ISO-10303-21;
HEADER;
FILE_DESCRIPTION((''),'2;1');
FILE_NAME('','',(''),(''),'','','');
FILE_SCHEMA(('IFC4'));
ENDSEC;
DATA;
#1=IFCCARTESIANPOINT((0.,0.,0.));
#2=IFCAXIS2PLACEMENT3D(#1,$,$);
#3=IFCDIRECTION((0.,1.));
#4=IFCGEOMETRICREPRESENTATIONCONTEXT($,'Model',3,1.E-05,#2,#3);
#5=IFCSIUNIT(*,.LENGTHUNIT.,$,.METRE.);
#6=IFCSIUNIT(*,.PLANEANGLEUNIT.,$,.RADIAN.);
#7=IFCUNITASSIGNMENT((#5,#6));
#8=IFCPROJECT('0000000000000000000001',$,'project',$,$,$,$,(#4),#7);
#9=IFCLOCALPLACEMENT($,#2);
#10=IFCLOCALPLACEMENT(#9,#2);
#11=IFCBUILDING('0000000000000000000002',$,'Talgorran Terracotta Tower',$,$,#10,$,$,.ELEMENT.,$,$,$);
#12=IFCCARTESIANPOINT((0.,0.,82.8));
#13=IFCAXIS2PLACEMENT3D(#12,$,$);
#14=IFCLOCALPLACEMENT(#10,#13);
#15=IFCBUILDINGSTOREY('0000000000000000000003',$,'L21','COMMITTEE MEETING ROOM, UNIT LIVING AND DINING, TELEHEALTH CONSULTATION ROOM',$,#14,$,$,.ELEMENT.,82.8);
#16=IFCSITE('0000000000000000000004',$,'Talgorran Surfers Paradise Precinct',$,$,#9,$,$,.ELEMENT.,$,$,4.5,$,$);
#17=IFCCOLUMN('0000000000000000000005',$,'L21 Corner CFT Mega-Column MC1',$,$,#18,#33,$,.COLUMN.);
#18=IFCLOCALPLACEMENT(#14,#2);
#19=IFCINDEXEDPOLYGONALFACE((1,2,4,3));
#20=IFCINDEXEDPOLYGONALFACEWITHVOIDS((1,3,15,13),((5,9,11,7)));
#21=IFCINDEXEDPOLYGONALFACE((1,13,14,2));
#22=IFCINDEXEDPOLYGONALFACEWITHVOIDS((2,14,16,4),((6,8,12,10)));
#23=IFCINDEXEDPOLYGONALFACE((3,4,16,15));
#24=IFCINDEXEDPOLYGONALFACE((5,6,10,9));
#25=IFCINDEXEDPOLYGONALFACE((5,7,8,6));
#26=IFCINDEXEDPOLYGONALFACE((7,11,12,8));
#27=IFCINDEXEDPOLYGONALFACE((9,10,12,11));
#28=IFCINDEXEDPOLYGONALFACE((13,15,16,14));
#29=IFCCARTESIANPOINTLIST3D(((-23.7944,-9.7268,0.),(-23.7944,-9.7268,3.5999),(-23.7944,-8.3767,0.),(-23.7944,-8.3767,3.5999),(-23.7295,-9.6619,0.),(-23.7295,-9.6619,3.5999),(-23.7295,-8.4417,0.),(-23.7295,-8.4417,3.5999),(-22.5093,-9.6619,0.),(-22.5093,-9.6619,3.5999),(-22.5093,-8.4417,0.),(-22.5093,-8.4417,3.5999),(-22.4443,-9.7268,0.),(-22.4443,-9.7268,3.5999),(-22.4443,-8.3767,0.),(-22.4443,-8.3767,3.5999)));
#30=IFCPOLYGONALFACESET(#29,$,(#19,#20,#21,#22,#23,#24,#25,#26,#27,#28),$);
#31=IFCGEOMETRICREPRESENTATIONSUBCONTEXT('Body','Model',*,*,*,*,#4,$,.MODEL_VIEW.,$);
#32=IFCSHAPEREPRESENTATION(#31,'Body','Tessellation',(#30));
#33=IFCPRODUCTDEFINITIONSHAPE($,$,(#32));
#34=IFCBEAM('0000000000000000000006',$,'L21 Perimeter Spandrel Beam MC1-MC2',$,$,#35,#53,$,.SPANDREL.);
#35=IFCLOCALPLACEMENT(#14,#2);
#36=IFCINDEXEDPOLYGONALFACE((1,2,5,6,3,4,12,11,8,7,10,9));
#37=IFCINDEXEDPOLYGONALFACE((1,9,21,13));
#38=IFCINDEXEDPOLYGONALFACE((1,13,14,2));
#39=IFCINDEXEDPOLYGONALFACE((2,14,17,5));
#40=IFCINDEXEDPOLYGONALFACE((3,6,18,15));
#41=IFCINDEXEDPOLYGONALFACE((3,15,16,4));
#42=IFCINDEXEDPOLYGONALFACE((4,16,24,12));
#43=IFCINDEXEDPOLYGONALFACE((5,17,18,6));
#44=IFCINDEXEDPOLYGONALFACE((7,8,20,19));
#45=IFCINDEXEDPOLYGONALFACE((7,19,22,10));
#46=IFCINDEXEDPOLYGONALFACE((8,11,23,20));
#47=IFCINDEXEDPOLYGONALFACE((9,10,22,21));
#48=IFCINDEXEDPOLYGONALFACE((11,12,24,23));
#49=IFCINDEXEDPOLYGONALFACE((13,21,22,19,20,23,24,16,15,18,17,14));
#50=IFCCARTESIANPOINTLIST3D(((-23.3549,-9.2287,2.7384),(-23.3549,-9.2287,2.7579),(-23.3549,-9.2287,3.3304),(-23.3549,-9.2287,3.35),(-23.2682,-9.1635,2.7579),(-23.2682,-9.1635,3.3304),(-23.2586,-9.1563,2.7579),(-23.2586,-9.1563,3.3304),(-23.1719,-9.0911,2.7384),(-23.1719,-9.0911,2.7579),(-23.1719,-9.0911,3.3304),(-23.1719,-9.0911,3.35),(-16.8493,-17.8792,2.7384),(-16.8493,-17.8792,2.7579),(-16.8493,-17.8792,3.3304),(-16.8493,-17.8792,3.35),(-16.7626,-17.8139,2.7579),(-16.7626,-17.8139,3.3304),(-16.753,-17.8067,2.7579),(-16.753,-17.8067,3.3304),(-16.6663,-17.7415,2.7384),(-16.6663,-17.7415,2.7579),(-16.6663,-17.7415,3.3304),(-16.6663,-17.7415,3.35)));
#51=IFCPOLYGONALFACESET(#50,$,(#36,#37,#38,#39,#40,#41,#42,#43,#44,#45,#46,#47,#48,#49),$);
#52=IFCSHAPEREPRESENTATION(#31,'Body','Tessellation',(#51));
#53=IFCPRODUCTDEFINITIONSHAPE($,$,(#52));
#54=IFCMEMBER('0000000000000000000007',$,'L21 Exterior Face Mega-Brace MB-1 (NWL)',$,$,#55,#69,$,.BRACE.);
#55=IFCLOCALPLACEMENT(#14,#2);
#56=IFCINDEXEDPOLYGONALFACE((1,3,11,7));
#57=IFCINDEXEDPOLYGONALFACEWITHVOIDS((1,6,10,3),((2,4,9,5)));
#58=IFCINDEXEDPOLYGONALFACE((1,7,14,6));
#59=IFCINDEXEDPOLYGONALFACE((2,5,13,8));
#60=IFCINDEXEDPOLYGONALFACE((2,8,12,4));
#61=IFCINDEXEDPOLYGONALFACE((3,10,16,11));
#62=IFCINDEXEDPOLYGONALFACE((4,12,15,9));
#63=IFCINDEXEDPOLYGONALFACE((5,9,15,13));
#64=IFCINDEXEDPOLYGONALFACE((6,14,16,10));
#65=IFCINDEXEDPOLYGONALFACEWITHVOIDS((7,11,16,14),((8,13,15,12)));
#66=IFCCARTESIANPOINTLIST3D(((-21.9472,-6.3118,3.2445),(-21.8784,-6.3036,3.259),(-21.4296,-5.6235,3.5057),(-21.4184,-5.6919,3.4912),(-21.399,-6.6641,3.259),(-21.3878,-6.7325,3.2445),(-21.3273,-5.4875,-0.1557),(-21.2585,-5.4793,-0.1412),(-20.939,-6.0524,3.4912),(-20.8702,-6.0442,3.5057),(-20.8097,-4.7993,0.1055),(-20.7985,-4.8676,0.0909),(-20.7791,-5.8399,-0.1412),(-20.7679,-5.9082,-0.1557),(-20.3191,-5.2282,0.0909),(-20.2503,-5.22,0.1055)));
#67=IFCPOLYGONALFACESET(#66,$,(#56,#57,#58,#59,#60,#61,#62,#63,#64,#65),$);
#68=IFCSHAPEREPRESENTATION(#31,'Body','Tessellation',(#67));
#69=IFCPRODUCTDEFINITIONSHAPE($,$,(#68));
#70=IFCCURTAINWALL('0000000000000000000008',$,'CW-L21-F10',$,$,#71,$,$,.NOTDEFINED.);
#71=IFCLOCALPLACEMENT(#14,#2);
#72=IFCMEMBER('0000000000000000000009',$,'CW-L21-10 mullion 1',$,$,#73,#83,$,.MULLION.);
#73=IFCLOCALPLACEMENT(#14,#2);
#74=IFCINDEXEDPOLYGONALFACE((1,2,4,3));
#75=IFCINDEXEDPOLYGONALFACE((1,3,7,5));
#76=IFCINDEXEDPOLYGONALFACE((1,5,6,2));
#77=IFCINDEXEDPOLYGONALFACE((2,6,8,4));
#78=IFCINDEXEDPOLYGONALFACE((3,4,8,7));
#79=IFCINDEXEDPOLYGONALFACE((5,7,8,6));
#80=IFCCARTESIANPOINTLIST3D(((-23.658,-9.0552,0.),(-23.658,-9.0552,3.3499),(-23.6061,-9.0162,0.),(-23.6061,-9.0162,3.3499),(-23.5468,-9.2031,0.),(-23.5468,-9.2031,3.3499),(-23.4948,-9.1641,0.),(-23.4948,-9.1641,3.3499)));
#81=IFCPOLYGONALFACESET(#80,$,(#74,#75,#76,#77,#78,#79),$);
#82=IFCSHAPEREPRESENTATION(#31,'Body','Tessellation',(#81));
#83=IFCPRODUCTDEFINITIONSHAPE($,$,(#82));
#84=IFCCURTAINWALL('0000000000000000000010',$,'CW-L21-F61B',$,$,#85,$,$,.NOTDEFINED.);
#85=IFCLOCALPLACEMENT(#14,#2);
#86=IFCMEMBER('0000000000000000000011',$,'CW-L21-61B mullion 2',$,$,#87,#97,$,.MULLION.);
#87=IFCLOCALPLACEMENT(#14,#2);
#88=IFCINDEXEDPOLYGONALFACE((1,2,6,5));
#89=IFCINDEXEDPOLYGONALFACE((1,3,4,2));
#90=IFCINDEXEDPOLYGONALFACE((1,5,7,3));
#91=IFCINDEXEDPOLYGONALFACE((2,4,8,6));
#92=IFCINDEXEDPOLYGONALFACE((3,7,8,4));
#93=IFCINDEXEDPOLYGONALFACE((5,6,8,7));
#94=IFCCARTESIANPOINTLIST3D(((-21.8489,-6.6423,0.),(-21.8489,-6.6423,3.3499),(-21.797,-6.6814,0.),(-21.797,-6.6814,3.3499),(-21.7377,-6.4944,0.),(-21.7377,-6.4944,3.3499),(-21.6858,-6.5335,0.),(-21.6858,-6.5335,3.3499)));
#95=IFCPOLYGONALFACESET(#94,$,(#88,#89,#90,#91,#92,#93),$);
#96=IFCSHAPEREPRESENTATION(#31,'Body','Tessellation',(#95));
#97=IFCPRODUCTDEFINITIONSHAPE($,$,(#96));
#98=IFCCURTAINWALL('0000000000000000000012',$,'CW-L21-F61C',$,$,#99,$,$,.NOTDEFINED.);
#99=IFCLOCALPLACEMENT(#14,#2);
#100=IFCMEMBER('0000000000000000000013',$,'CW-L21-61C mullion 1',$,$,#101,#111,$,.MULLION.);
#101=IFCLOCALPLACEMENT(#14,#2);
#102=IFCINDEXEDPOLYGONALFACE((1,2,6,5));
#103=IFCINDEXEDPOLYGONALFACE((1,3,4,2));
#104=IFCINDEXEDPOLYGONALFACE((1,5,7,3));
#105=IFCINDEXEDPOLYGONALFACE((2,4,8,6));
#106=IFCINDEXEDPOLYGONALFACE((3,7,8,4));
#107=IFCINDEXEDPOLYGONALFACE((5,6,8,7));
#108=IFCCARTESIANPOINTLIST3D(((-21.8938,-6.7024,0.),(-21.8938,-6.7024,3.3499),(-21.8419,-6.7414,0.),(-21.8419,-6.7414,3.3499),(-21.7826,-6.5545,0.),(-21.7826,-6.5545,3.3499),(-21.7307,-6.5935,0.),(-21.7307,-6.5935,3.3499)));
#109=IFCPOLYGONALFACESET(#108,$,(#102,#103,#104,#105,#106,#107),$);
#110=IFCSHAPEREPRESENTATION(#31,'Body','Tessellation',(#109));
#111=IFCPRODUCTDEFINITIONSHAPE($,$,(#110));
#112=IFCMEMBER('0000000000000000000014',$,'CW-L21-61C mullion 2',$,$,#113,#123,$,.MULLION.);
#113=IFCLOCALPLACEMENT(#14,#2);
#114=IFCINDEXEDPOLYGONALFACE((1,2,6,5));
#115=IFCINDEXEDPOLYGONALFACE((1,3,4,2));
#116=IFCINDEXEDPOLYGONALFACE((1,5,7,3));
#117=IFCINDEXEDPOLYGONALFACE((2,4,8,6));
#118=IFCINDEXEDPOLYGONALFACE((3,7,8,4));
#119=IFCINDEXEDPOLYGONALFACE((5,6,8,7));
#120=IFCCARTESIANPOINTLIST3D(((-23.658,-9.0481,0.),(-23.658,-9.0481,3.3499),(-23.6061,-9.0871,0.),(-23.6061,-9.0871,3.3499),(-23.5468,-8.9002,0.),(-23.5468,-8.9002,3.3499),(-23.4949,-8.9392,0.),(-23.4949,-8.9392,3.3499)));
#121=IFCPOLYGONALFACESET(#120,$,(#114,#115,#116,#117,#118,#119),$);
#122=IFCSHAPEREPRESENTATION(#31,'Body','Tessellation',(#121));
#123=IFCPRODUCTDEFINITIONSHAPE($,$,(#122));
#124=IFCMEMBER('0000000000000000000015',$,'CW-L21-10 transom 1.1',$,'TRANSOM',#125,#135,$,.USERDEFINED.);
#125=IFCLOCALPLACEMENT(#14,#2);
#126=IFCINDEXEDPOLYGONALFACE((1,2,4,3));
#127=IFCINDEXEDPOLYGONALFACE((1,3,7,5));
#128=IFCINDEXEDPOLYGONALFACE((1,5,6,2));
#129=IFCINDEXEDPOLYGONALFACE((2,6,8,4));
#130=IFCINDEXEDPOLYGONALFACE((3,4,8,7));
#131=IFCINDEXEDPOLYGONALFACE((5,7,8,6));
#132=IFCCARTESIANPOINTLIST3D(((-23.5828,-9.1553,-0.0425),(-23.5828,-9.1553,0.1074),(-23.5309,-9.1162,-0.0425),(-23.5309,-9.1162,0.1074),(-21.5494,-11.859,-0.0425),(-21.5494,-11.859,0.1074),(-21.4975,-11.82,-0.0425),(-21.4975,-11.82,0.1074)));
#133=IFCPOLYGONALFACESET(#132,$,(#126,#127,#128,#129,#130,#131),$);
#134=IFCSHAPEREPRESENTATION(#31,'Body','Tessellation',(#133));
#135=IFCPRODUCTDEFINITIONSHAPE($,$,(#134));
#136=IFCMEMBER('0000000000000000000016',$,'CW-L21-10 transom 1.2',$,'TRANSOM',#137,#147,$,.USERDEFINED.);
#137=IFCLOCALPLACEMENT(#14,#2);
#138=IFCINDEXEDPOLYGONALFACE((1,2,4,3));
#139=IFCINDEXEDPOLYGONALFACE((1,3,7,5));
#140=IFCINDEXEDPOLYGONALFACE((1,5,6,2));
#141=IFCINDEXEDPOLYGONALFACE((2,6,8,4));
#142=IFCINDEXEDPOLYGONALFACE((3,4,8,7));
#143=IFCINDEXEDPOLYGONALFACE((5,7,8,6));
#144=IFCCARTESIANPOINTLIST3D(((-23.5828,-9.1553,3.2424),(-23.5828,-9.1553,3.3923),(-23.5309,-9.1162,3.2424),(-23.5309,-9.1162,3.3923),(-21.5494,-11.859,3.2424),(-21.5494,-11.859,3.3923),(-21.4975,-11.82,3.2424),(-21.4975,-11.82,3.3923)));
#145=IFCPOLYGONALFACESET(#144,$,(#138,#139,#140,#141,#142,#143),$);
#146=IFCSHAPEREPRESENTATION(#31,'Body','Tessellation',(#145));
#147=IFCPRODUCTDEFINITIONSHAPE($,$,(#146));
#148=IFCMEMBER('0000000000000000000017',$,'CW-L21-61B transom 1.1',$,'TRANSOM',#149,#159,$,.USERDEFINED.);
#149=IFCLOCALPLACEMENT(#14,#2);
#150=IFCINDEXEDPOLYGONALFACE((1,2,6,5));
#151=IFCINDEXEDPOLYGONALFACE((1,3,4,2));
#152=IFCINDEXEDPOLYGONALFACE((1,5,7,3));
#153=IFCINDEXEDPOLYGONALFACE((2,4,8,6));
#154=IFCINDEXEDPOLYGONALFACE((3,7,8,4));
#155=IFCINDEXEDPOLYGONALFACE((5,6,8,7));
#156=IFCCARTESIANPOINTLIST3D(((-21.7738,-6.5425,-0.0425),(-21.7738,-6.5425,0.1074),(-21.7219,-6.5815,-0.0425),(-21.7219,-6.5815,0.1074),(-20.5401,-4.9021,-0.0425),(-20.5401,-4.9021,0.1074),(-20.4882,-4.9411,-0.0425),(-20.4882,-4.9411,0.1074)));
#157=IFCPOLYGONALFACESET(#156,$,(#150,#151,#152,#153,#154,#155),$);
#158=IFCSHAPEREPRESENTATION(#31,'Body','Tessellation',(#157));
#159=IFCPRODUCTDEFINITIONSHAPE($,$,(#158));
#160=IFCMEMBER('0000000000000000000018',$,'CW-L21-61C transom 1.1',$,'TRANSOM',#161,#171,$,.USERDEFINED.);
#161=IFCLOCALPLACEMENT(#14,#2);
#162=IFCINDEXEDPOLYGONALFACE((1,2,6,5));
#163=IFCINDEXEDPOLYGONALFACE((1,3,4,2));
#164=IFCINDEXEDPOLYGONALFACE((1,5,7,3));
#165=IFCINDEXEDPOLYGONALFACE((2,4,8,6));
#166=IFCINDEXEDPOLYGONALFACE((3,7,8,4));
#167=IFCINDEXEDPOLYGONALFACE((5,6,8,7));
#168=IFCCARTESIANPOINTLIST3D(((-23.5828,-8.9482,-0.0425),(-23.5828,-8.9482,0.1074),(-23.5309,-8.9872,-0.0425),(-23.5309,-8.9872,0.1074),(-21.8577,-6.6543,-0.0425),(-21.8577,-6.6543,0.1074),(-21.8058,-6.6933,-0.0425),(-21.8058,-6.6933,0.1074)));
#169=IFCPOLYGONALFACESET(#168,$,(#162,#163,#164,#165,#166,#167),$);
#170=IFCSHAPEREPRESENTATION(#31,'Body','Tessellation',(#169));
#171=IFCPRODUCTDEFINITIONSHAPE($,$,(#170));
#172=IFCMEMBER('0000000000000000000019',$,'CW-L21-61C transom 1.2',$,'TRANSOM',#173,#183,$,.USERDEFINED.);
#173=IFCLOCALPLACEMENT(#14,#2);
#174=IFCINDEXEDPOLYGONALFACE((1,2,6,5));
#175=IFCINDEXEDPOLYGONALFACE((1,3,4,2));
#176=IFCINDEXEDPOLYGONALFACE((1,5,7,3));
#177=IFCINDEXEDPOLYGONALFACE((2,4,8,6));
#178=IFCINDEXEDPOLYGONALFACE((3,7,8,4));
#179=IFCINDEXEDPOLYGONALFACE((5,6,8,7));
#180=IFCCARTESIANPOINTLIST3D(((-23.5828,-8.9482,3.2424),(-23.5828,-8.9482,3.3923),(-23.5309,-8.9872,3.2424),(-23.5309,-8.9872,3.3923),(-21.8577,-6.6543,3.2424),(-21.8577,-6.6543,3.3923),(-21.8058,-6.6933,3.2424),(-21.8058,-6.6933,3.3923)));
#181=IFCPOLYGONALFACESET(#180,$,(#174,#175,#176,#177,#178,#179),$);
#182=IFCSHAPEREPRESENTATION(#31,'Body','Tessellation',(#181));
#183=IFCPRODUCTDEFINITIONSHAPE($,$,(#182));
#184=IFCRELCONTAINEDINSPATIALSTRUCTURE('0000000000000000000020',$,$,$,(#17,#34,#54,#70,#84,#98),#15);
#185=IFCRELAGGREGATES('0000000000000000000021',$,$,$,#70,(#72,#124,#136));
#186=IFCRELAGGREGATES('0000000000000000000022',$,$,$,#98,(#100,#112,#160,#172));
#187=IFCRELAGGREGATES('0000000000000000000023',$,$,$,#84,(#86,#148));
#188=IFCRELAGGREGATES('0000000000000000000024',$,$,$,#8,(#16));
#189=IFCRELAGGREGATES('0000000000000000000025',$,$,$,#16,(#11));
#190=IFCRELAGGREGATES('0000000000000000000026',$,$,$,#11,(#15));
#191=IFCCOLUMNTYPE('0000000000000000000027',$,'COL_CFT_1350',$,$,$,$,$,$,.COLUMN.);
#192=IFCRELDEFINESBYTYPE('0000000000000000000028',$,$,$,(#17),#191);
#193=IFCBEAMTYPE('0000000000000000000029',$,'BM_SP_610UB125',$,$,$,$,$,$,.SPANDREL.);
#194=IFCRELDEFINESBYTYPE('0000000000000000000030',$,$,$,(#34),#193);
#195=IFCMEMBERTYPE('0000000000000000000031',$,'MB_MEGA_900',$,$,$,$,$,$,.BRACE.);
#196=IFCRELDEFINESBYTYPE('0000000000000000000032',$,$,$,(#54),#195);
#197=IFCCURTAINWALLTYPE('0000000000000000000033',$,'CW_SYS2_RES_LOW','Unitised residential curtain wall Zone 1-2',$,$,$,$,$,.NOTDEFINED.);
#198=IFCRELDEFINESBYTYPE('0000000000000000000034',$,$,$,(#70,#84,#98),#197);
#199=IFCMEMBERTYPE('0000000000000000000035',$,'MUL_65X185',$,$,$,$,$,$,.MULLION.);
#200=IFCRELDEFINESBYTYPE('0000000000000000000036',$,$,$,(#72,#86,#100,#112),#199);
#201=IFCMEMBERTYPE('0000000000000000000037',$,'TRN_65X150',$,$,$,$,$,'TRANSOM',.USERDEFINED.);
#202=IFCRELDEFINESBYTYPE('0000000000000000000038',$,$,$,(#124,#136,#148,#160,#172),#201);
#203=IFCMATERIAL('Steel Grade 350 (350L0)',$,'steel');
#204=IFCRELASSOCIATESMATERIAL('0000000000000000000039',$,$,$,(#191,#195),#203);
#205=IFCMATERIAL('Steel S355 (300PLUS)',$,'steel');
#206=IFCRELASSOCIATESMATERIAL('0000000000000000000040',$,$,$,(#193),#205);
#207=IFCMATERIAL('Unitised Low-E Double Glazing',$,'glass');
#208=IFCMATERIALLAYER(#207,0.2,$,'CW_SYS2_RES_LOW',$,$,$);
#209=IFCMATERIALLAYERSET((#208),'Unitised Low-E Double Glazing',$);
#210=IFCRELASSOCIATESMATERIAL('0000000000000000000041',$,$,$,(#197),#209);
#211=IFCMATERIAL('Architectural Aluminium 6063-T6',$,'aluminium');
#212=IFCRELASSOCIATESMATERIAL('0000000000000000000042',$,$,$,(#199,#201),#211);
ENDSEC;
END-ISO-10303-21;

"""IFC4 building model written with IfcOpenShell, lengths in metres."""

from ifc_helpers import new_model, si_unit, direction, frame, origin, origin_2d, place, context, subcontext, project, spatial, rectangle, hollow_rectangle, i_section, extrude, material, layer, layer_set, material_profile, profile_set, type_object, element, aggregate, save


model = new_model("IFC4")

# Units and contexts
model_context = context("Model", 3, precision=1e-05, world=origin(), true_north=direction((0.0, 1.0)))
body_context = subcontext(model_context, "Body", "Model", "MODEL_VIEW")
ifc_project = project(units=[si_unit("LENGTHUNIT", "METRE"), si_unit("PLANEANGLEUNIT", "RADIAN")], contexts=[model_context])

# Site, building, storey
site_placement = place(None, origin())
site = spatial("IfcSite", under=ifc_project, at=site_placement, Name="Talgorran Surfers Paradise Precinct", CompositionType="ELEMENT", RefElevation=4.5)
building_placement = place(site_placement, origin())
building = spatial("IfcBuilding", under=site, at=building_placement, Name="Talgorran Terracotta Tower", CompositionType="ELEMENT")
storey_placement = place(building_placement, frame((0.0, 0.0, 82.8)))
storey = spatial("IfcBuildingStorey", under=building, at=storey_placement, Name="L21", Description="COMMITTEE MEETING ROOM, UNIT LIVING AND DINING, TELEHEALTH CONSULTATION ROOM", CompositionType="ELEMENT", Elevation=82.8)

# Column
ifc_material_1 = material(Name="Steel Grade 350 (350L0)", Category="steel")
ifc_material_profile_1 = material_profile(ifc_material_1, hollow_rectangle(XDim=1.3501, YDim=1.3501, WallThickness=0.0649, at=origin_2d()), Name="CFT1350X1350X65")
ifc_profile_set_1 = profile_set([ifc_material_profile_1], Name="Steel Grade 350 (350L0)")
column_type = type_object("IfcColumnType", Name="COL_CFT_1350", PredefinedType="COLUMN", material=ifc_profile_set_1)
column_placement = place(storey_placement, frame((-23.1194, -9.0518, 0.0), z_axis=(0.0, 0.0, 1.0), x_axis=(1.0, 0.0, 0.0)))
element("IfcColumn", 1, at=column_placement, inside=storey, type_object=column_type, Name="L21 Corner CFT Mega-Column MC1", PredefinedType="COLUMN", context=body_context, shape_type="SweptSolid", body=[
    extrude(hollow_rectangle(XDim=1.3501, YDim=1.3501, WallThickness=0.0649, at=origin_2d()), origin(), (0.0, 0.0, 1.0), 3.5999),
])

# Beam
ifc_material_2 = material(Name="Steel S355 (300PLUS)", Category="steel")
ifc_material_profile_2 = material_profile(ifc_material_2, i_section(OverallWidth=0.229, OverallDepth=0.6116, WebThickness=0.012, FlangeThickness=0.0195, at=origin_2d()), Name="610UB125")
ifc_profile_set_2 = profile_set([ifc_material_profile_2], Name="Steel S355 (300PLUS)")
beam_type = type_object("IfcBeamType", Name="BM_SP_610UB125", PredefinedType="SPANDREL", material=ifc_profile_set_2)
beam_placement = place(storey_placement, frame((-23.2634, -9.1599, 3.0442), z_axis=(0.601053, -0.799209, 0.0), x_axis=(0.799209, 0.601053, 0.0)))
element("IfcBeam", 2, at=beam_placement, inside=storey, type_object=beam_type, Name="L21 Perimeter Spandrel Beam MC1-MC2", PredefinedType="SPANDREL", context=body_context, shape_type="SweptSolid", body=[
    extrude(i_section(OverallWidth=0.229, OverallDepth=0.6116, WebThickness=0.012, FlangeThickness=0.0195, at=origin_2d()), origin(), (0.0, 0.0, 1.0), 10.8237),
])

# Member
ifc_material_profile_3 = material_profile(ifc_material_1, hollow_rectangle(XDim=0.7, YDim=0.8999, WallThickness=0.05, at=origin_2d()), Name="WBOX900X700X50")
ifc_profile_set_3 = profile_set([ifc_material_profile_3], Name="Steel Grade 350 (350L0)")
member_type_1 = type_object("IfcMemberType", Name="MB_MEGA_900", PredefinedType="BRACE", material=ifc_profile_set_3)
member_1_placement = place(storey_placement, frame((-20.7888, -5.3538, -0.0251), z_axis=(-0.174459, -0.231971, 0.95695), x_axis=(0.799204, -0.60106, 0.0)))
element("IfcMember", 3, at=member_1_placement, inside=storey, type_object=member_type_1, Name="L21 Exterior Face Mega-Brace MB-1 (NWL)", PredefinedType="BRACE", context=body_context, shape_type="SweptSolid", body=[
    extrude(hollow_rectangle(XDim=0.7, YDim=0.8999, WallThickness=0.05, at=origin_2d()), origin(), (0.0, 0.0, 1.0), 3.5532),
])

# Curtain walls, members
ifc_material_3 = material(Name="Unitised Low-E Double Glazing", Category="glass")
ifc_layer_1 = layer(ifc_material_3, 0.2, Name="CW_SYS2_RES_LOW")
ifc_layer_set_1 = layer_set([ifc_layer_1], Name="Unitised Low-E Double Glazing")
curtain_wall_type = type_object("IfcCurtainWallType", Name="CW_SYS2_RES_LOW", Description="Unitised residential curtain wall Zone 1-2", PredefinedType="NOTDEFINED", material=ifc_layer_set_1)
curtain_wall_1_placement = place(storey_placement, origin())
curtain_wall_1 = element("IfcCurtainWall", 4, at=curtain_wall_1_placement, inside=storey, type_object=curtain_wall_type, Name="CW-L21-F10", PredefinedType="NOTDEFINED")
ifc_material_4 = material(Name="Architectural Aluminium 6063-T6", Category="aluminium")
ifc_material_profile_4 = material_profile(ifc_material_4, rectangle(XDim=0.0649, YDim=0.1851, at=origin_2d()), Name="CWM65X185")
ifc_profile_set_4 = profile_set([ifc_material_profile_4], Name="Architectural Aluminium 6063-T6")
member_type_2 = type_object("IfcMemberType", Name="MUL_65X185", PredefinedType="MULLION", material=ifc_profile_set_4)
member_2_placement = place(storey_placement, frame((-23.5764, -9.1096, 0.0), z_axis=(0.0, 0.0, 1.0), x_axis=(0.7992, 0.601065, 0.0)))
member_2 = element("IfcMember", 5, at=member_2_placement, type_object=member_type_2, Name="CW-L21-10 mullion 1", PredefinedType="MULLION", context=body_context, shape_type="SweptSolid", body=[
    extrude(rectangle(XDim=0.0649, YDim=0.1851, at=origin_2d()), origin(), (0.0, 0.0, 1.0), 3.3499),
])
curtain_wall_2_placement = place(storey_placement, origin())
curtain_wall_2 = element("IfcCurtainWall", 6, at=curtain_wall_2_placement, inside=storey, type_object=curtain_wall_type, Name="CW-L21-F61B", PredefinedType="NOTDEFINED")
member_3_placement = place(storey_placement, frame((-21.7673, -6.5879, 0.0), z_axis=(0.0, 0.0, 1.0), x_axis=(0.799213, -0.601048, 0.0)))
member_3 = element("IfcMember", 7, at=member_3_placement, type_object=member_type_2, Name="CW-L21-61B mullion 2", PredefinedType="MULLION", context=body_context, shape_type="SweptSolid", body=[
    extrude(rectangle(XDim=0.0649, YDim=0.1851, at=origin_2d()), origin(), (0.0, 0.0, 1.0), 3.3499),
])

# Curtain wall, members
curtain_wall_3_placement = place(storey_placement, origin())
curtain_wall_3 = element("IfcCurtainWall", 8, at=curtain_wall_3_placement, inside=storey, type_object=curtain_wall_type, Name="CW-L21-F61C", PredefinedType="NOTDEFINED")
member_4_placement = place(storey_placement, frame((-21.8123, -6.6479, 0.0), z_axis=(0.0, 0.0, 1.0), x_axis=(0.799223, -0.601034, 0.0)))
member_4 = element("IfcMember", 9, at=member_4_placement, type_object=member_type_2, Name="CW-L21-61C mullion 1", PredefinedType="MULLION", context=body_context, shape_type="SweptSolid", body=[
    extrude(rectangle(XDim=0.0649, YDim=0.1851, at=origin_2d()), origin(), (0.0, 0.0, 1.0), 3.3499),
])
member_5_placement = place(storey_placement, frame((-23.5764, -8.9937, 0.0), z_axis=(0.0, 0.0, 1.0), x_axis=(0.799223, -0.601034, 0.0)))
member_5 = element("IfcMember", 10, at=member_5_placement, type_object=member_type_2, Name="CW-L21-61C mullion 2", PredefinedType="MULLION", context=body_context, shape_type="SweptSolid", body=[
    extrude(rectangle(XDim=0.0649, YDim=0.1851, at=origin_2d()), origin(), (0.0, 0.0, 1.0), 3.3499),
])

# Members
ifc_material_profile_5 = material_profile(ifc_material_4, rectangle(XDim=0.0649, YDim=0.1499, at=origin_2d()), Name="CWT65X150")
ifc_profile_set_5 = profile_set([ifc_material_profile_5], Name="Architectural Aluminium 6063-T6")
member_type_3 = type_object("IfcMemberType", Name="TRN_65X150", ElementType="TRANSOM", PredefinedType="USERDEFINED", material=ifc_profile_set_5)
member_6_placement = place(storey_placement, frame((-23.5569, -9.1357, 0.0325), z_axis=(0.60105, -0.799211, 0.0), x_axis=(0.799211, 0.60105, 0.0)))
member_6 = element("IfcMember", 11, at=member_6_placement, type_object=member_type_3, Name="CW-L21-10 transom 1.1", ObjectType="TRANSOM", PredefinedType="USERDEFINED", context=body_context, shape_type="SweptSolid", body=[
    extrude(rectangle(XDim=0.0649, YDim=0.1499, at=origin_2d()), origin(), (0.0, 0.0, 1.0), 3.3831),
])
member_7_placement = place(storey_placement, frame((-23.5569, -9.1357, 3.3174), z_axis=(0.60105, -0.799211, 0.0), x_axis=(0.799211, 0.60105, 0.0)))
member_7 = element("IfcMember", 12, at=member_7_placement, type_object=member_type_3, Name="CW-L21-10 transom 1.2", ObjectType="TRANSOM", PredefinedType="USERDEFINED", context=body_context, shape_type="SweptSolid", body=[
    extrude(rectangle(XDim=0.0649, YDim=0.1499, at=origin_2d()), origin(), (0.0, 0.0, 1.0), 3.3831),
])
member_8_placement = place(storey_placement, frame((-20.5142, -4.9216, 0.0325), z_axis=(-0.601046, -0.799214, 0.0), x_axis=(0.799214, -0.601046, 0.0)))
member_8 = element("IfcMember", 13, at=member_8_placement, type_object=member_type_3, Name="CW-L21-61B transom 1.1", ObjectType="TRANSOM", PredefinedType="USERDEFINED", context=body_context, shape_type="SweptSolid", body=[
    extrude(rectangle(XDim=0.0649, YDim=0.1499, at=origin_2d()), origin(), (0.0, 0.0, 1.0), 2.0525),
])
member_9_placement = place(storey_placement, frame((-21.8318, -6.6738, 0.0325), z_axis=(-0.601034, -0.799224, 0.0), x_axis=(0.799224, -0.601034, 0.0)))
member_9 = element("IfcMember", 14, at=member_9_placement, type_object=member_type_3, Name="CW-L21-61C transom 1.1", ObjectType="TRANSOM", PredefinedType="USERDEFINED", context=body_context, shape_type="SweptSolid", body=[
    extrude(rectangle(XDim=0.0649, YDim=0.1499, at=origin_2d()), origin(), (0.0, 0.0, 1.0), 2.8701),
])
member_10_placement = place(storey_placement, frame((-21.8318, -6.6738, 3.3174), z_axis=(-0.601034, -0.799224, 0.0), x_axis=(0.799224, -0.601034, 0.0)))
member_10 = element("IfcMember", 15, at=member_10_placement, type_object=member_type_3, Name="CW-L21-61C transom 1.2", ObjectType="TRANSOM", PredefinedType="USERDEFINED", context=body_context, shape_type="SweptSolid", body=[
    extrude(rectangle(XDim=0.0649, YDim=0.1499, at=origin_2d()), origin(), (0.0, 0.0, 1.0), 2.8701),
])

aggregate(curtain_wall_1, [member_2, member_6, member_7])
aggregate(curtain_wall_3, [member_4, member_5, member_9, member_10])
aggregate(curtain_wall_2, [member_3, member_8])

save(model, "model.ifc")
